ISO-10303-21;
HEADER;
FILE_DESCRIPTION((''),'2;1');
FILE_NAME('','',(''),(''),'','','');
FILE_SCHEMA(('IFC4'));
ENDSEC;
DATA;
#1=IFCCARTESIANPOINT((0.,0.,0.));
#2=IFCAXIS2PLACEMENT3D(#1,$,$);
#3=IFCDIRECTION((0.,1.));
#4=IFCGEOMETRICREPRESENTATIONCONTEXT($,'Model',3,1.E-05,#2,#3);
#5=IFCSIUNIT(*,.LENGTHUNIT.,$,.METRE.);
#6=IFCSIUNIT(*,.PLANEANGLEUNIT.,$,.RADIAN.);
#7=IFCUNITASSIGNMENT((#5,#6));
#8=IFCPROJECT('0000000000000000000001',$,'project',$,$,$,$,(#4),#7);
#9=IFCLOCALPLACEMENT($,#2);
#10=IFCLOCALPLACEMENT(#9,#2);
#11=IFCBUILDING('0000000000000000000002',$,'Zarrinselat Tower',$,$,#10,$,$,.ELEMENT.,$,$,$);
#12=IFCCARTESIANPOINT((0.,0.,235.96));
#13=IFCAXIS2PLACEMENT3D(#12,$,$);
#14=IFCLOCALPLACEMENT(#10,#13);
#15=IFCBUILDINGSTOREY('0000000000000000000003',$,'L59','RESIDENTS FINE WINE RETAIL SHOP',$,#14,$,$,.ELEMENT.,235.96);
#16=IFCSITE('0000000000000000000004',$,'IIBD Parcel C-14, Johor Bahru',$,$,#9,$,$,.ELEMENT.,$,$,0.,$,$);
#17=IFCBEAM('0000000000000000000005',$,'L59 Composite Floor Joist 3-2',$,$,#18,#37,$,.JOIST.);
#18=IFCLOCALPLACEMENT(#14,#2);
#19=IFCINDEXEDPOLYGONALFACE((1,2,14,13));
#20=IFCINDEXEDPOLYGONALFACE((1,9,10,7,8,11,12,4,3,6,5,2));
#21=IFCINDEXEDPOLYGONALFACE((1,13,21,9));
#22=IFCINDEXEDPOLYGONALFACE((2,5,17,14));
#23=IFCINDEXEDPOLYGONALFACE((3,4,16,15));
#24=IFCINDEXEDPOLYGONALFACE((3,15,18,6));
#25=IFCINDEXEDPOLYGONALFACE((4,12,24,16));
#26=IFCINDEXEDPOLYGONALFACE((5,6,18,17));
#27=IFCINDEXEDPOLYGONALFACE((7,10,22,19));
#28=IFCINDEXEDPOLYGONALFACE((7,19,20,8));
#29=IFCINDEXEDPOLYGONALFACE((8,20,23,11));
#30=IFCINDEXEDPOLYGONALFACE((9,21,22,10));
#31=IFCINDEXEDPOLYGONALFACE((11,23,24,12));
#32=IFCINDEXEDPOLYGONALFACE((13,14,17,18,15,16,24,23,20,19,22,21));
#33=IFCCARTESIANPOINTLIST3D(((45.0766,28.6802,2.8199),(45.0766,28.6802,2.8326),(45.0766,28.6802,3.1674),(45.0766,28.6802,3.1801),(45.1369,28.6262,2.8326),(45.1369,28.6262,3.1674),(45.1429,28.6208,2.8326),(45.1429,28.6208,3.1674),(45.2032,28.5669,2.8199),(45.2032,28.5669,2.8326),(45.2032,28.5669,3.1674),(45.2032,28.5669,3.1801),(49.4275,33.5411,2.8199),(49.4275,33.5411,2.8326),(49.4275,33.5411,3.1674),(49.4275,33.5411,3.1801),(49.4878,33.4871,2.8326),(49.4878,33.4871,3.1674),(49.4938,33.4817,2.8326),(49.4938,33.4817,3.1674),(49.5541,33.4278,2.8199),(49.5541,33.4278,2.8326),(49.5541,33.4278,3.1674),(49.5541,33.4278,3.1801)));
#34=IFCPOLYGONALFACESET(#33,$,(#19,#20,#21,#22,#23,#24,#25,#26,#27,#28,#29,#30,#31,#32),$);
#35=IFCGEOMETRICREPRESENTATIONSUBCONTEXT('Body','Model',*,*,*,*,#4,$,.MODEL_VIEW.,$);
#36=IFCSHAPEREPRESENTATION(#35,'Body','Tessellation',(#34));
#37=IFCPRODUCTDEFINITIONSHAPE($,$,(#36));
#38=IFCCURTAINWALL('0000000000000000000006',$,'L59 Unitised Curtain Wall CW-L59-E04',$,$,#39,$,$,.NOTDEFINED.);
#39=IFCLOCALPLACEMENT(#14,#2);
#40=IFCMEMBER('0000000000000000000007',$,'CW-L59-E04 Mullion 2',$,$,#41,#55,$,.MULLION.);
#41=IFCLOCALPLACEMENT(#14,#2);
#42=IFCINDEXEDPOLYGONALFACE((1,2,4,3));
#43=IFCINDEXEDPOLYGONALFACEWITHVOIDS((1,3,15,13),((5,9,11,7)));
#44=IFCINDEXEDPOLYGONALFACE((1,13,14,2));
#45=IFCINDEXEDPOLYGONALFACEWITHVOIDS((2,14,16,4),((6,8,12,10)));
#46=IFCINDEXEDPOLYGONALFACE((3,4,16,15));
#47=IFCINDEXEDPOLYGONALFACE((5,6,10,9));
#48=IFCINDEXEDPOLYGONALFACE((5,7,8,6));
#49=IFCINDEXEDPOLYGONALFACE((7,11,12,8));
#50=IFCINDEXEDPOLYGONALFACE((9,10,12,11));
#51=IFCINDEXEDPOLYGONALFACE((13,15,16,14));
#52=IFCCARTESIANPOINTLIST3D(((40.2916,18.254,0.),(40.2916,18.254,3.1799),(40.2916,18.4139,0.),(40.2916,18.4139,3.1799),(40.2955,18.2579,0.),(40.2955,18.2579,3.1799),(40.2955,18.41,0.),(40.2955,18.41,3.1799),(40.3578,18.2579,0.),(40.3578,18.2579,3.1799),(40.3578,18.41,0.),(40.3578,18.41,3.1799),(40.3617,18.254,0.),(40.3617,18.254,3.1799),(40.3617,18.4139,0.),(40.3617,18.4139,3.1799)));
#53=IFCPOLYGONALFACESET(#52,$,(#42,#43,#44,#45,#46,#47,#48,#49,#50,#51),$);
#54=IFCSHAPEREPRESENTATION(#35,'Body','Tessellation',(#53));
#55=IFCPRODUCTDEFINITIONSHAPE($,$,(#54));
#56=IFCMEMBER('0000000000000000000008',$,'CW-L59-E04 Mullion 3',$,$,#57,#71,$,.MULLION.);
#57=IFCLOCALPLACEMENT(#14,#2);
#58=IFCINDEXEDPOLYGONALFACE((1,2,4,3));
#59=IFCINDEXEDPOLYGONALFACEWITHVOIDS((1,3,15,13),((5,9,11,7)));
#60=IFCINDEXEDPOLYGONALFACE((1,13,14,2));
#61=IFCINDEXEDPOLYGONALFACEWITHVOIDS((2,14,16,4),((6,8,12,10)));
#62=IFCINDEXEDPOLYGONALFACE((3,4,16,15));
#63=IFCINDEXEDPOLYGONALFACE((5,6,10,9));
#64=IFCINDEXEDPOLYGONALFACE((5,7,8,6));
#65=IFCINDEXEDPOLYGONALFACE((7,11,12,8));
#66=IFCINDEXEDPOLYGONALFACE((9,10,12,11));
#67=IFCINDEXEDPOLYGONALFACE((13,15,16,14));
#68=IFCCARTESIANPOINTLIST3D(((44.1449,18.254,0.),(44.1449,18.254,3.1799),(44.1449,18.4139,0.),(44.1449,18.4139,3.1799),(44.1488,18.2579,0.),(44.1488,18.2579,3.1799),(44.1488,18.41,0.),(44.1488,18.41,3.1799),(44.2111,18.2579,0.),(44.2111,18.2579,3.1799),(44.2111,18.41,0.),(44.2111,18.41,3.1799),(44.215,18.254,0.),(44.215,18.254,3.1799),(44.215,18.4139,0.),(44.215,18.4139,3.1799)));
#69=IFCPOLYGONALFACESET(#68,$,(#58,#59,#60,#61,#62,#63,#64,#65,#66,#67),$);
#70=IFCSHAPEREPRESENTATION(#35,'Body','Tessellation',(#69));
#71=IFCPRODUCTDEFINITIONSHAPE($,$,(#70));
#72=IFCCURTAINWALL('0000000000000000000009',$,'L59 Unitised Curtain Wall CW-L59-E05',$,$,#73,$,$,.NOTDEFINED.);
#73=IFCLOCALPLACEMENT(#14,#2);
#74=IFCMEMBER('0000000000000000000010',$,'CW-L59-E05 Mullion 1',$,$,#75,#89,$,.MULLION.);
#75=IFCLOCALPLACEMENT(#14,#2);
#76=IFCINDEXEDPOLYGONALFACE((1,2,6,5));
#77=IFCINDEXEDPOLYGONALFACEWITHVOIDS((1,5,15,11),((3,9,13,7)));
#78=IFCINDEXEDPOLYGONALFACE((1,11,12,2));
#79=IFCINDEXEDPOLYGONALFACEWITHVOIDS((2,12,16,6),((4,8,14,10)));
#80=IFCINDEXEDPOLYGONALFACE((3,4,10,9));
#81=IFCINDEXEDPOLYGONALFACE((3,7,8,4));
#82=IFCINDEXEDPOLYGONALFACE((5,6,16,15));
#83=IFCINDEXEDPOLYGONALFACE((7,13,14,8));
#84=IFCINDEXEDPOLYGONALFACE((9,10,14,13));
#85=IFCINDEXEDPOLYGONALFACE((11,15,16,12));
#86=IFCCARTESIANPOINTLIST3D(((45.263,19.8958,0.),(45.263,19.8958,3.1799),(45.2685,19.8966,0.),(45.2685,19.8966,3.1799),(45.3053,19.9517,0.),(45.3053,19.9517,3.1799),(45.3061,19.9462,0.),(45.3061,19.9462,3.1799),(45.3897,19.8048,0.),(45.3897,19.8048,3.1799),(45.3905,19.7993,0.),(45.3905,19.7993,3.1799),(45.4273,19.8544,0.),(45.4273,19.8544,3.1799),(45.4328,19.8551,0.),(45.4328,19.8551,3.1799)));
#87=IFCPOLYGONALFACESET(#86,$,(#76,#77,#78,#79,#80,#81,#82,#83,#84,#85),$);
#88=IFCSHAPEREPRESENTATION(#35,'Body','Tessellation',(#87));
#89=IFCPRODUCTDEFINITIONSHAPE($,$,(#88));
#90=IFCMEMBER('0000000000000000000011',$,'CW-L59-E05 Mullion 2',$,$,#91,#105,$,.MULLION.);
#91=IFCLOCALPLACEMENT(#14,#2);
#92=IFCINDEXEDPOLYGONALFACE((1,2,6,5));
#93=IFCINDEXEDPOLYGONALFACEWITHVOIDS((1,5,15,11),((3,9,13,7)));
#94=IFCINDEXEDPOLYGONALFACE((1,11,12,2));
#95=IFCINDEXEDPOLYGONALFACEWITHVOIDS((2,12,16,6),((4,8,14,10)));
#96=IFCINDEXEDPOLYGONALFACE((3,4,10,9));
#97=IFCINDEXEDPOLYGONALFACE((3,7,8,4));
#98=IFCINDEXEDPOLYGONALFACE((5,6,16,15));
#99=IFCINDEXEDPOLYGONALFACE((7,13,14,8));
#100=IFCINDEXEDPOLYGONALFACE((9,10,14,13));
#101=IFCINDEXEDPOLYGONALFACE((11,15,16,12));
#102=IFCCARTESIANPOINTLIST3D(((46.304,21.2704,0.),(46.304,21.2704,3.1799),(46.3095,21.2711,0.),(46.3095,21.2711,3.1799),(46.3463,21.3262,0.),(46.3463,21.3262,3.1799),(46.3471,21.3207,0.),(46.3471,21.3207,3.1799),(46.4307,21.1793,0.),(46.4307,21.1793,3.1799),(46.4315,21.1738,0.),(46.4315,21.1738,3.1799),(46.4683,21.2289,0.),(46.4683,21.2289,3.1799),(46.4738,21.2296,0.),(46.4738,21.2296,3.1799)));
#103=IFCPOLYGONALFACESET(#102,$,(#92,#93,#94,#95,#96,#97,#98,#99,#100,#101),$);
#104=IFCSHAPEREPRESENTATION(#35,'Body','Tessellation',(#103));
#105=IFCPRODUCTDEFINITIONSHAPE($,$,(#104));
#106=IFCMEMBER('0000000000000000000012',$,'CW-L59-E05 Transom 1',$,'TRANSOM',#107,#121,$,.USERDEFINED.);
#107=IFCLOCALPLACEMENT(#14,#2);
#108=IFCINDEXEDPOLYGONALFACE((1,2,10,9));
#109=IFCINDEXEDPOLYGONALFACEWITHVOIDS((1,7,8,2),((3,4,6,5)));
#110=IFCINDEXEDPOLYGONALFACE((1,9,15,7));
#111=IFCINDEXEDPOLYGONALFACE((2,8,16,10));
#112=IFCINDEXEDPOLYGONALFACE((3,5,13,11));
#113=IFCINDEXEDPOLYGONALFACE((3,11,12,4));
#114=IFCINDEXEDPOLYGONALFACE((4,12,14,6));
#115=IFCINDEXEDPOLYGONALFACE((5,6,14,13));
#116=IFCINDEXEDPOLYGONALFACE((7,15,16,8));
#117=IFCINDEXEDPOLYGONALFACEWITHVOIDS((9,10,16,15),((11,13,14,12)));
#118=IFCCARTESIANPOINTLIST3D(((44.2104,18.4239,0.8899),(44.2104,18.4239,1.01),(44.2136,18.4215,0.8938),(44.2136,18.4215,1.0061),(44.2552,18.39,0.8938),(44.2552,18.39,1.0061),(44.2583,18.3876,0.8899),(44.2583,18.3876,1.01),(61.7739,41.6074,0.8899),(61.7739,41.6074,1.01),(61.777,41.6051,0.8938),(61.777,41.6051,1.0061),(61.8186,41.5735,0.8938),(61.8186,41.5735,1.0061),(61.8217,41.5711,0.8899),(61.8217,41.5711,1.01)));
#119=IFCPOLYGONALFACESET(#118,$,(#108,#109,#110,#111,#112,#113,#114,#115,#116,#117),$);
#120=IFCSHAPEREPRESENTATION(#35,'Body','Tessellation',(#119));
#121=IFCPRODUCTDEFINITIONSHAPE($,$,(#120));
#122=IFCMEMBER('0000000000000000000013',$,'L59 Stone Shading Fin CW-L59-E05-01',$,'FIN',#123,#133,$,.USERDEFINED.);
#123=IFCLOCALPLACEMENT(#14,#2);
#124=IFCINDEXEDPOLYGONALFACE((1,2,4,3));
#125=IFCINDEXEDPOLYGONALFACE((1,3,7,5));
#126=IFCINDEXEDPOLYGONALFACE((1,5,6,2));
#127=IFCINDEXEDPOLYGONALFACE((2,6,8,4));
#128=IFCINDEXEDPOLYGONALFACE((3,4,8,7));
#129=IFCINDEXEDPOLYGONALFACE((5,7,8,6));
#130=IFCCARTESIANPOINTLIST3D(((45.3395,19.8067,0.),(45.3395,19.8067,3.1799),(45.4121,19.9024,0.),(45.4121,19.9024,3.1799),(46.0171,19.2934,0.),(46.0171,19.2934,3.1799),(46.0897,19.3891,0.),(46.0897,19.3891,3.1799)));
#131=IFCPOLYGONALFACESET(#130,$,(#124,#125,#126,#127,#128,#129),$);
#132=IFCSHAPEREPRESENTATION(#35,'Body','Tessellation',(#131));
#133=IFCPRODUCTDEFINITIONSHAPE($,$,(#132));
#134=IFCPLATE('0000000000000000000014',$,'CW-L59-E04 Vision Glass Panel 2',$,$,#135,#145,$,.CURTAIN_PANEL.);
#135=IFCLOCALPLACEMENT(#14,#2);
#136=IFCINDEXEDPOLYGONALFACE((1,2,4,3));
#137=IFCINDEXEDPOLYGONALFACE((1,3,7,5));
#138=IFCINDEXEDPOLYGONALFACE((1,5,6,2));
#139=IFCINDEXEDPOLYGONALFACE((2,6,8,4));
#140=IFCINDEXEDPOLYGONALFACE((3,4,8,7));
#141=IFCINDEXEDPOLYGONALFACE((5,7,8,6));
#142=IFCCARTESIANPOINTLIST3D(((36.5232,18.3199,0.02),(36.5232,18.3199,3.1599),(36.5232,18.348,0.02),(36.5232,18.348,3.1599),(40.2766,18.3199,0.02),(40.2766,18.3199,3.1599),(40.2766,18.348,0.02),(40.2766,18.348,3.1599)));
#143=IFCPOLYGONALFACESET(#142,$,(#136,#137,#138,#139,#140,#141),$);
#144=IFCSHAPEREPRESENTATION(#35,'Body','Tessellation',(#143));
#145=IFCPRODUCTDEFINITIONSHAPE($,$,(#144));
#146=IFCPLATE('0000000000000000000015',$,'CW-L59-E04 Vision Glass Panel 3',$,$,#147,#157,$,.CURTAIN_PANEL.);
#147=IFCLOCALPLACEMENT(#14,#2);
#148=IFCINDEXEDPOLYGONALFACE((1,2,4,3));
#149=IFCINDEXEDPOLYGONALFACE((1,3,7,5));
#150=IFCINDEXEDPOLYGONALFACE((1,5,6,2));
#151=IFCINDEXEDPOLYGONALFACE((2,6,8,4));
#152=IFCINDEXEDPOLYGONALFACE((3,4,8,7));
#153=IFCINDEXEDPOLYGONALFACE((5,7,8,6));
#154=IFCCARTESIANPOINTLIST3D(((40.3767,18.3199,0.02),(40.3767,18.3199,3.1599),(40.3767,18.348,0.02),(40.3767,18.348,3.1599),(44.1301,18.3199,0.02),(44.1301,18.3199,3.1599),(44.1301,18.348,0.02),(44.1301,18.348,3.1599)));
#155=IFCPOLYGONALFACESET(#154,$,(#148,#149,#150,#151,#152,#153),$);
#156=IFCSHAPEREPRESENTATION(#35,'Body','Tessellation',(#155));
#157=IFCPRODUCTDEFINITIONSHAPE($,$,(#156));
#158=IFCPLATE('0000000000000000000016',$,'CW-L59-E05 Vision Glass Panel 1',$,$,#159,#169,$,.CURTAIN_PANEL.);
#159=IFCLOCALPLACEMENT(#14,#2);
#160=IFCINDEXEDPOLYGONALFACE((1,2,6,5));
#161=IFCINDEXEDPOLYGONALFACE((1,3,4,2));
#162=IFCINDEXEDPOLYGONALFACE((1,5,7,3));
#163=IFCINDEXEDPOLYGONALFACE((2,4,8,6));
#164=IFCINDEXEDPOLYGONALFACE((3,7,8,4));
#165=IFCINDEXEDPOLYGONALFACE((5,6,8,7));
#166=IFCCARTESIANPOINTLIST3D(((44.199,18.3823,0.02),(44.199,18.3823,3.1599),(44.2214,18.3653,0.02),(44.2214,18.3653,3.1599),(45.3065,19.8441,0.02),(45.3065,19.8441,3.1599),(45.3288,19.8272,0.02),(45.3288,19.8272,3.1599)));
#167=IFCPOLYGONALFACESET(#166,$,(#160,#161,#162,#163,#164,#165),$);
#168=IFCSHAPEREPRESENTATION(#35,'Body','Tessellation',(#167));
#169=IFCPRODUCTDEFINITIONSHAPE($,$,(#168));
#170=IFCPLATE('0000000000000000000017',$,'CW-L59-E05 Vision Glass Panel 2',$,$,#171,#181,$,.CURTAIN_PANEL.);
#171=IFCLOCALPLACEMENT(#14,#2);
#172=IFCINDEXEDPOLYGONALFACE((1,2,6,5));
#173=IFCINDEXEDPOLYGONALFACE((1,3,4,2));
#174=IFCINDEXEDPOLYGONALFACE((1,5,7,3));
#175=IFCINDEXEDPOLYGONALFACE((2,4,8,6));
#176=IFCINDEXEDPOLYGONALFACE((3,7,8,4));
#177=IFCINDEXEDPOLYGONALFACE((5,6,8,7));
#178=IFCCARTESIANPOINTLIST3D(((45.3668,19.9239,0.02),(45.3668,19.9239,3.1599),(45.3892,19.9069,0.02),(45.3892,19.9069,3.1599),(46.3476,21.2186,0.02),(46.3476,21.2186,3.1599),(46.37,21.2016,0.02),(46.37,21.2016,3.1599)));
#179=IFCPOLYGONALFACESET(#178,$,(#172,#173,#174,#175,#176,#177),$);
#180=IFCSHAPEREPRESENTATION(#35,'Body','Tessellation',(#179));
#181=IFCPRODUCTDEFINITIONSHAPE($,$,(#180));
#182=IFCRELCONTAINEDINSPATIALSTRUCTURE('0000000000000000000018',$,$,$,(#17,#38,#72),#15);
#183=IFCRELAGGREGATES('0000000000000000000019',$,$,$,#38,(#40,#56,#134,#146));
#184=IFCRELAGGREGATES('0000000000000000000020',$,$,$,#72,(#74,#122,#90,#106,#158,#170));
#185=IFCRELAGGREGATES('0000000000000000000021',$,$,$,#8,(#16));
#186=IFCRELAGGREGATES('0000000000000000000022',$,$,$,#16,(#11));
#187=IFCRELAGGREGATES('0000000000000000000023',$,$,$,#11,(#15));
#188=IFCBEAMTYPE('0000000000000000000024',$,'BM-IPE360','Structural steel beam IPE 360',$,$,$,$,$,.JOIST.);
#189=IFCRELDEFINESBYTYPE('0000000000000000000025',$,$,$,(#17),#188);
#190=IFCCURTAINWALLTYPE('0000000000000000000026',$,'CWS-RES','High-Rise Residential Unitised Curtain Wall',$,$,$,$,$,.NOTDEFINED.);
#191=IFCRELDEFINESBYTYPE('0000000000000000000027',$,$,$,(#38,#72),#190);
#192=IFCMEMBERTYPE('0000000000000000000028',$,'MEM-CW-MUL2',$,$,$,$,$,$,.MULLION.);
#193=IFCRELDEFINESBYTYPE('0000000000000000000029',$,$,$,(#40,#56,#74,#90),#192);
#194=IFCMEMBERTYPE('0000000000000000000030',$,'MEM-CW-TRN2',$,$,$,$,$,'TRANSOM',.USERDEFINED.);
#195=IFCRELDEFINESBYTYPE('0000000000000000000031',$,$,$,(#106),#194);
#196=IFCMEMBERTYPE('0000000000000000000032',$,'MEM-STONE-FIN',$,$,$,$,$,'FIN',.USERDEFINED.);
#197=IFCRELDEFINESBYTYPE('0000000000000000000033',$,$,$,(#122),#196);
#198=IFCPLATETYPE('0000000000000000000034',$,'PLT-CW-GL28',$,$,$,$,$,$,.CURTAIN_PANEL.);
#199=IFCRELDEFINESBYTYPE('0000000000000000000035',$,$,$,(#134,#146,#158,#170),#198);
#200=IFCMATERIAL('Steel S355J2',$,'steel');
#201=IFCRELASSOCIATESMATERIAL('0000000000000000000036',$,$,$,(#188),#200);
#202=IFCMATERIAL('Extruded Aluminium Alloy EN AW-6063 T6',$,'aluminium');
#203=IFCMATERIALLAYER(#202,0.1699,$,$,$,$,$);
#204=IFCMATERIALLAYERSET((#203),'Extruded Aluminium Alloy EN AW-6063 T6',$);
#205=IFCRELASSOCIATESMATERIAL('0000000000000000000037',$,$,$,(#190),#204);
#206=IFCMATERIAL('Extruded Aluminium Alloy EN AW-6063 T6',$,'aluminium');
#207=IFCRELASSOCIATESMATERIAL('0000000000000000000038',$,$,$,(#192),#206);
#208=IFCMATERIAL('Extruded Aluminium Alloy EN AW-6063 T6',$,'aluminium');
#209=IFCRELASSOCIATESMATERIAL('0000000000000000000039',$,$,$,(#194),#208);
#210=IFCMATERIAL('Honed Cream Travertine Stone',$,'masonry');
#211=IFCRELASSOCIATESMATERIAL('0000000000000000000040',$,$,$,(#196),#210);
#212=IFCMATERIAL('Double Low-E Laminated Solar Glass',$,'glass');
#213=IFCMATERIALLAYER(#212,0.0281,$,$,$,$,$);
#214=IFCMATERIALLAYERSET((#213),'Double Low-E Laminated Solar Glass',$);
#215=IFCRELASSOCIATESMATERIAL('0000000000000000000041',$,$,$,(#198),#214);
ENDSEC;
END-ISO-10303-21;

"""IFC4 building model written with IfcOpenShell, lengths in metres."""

from ifc_helpers import new_model, si_unit, direction, frame, origin, origin_2d, place, context, subcontext, project, spatial, rectangle, hollow_rectangle, i_section, extrude, material, layer, layer_set, material_profile, profile_set, type_object, element, aggregate, save


model = new_model("IFC4")

# Units and contexts
model_context = context("Model", 3, precision=1e-05, world=origin(), true_north=direction((0.0, 1.0)))
body_context = subcontext(model_context, "Body", "Model", "MODEL_VIEW")
ifc_project = project(units=[si_unit("LENGTHUNIT", "METRE"), si_unit("PLANEANGLEUNIT", "RADIAN")], contexts=[model_context])

# Site, building, storey
site_placement = place(None, origin())
site = spatial("IfcSite", under=ifc_project, at=site_placement, Name="IIBD Parcel C-14, Johor Bahru", CompositionType="ELEMENT", RefElevation=0.0)
building_placement = place(site_placement, origin())
building = spatial("IfcBuilding", under=site, at=building_placement, Name="Zarrinselat Tower", CompositionType="ELEMENT")
storey_placement = place(building_placement, frame((0.0, 0.0, 235.96)))
storey = spatial("IfcBuildingStorey", under=building, at=storey_placement, Name="L59", Description="RESIDENTS FINE WINE RETAIL SHOP", CompositionType="ELEMENT", Elevation=235.96)

# Beam
ifc_material_1 = material(Name="Steel S355J2", Category="steel")
ifc_material_profile_1 = material_profile(ifc_material_1, i_section(OverallWidth=0.1699, OverallDepth=0.3601, WebThickness=0.0081, FlangeThickness=0.0127, at=origin_2d()), Name="IPE 360")
ifc_profile_set_1 = profile_set([ifc_material_profile_1], Name="Steel S355J2")
beam_type_1 = type_object("IfcBeamType", Name="BM-IPE360", Description="Structural steel beam IPE 360", PredefinedType="JOIST", material=ifc_profile_set_1)
beam_1_placement = place(storey_placement, frame((45.1399, 28.6235, 3.0), z_axis=(0.666936, 0.745115, 0.0), x_axis=(-0.745115, 0.666936, 0.0)))
element("IfcBeam", 1, at=beam_1_placement, inside=storey, type_object=beam_type_1, Name="L59 Composite Floor Joist 3-2", PredefinedType="JOIST", context=body_context, shape_type="SweptSolid", body=[
    extrude(i_section(OverallWidth=0.1699, OverallDepth=0.3601, WebThickness=0.0081, FlangeThickness=0.0127, at=origin_2d()), origin(), (0.0, 0.0, 1.0), 6.5237),
])

# Curtain walls, members
ifc_material_2 = material(Name="Extruded Aluminium Alloy EN AW-6063 T6", Category="aluminium")
ifc_layer_1 = layer(ifc_material_2, 0.1699)
ifc_layer_set_1 = layer_set([ifc_layer_1], Name="Extruded Aluminium Alloy EN AW-6063 T6")
curtain_wall_type = type_object("IfcCurtainWallType", Name="CWS-RES", Description="High-Rise Residential Unitised Curtain Wall", PredefinedType="NOTDEFINED", material=ifc_layer_set_1)
curtain_wall_1_placement = place(storey_placement, origin())
curtain_wall_1 = element("IfcCurtainWall", 2, at=curtain_wall_1_placement, inside=storey, type_object=curtain_wall_type, Name="L59 Unitised Curtain Wall CW-L59-E04", PredefinedType="NOTDEFINED")
ifc_material_3 = material(Name="Extruded Aluminium Alloy EN AW-6063 T6", Category="aluminium")
ifc_material_profile_2 = material_profile(ifc_material_3, hollow_rectangle(XDim=0.0701, YDim=0.1599, WallThickness=0.0039, at=origin_2d()), Name="RHS 160x70x4")
ifc_profile_set_2 = profile_set([ifc_material_profile_2], Name="Extruded Aluminium Alloy EN AW-6063 T6")
member_type_1 = type_object("IfcMemberType", Name="MEM-CW-MUL2", PredefinedType="MULLION", material=ifc_profile_set_2)
member_1_placement = place(storey_placement, frame((40.3267, 18.334, 0.0), z_axis=(0.0, 0.0, 1.0), x_axis=(1.0, 0.0, 0.0)))
member_1 = element("IfcMember", 3, at=member_1_placement, type_object=member_type_1, Name="CW-L59-E04 Mullion 2", PredefinedType="MULLION", context=body_context, shape_type="SweptSolid", body=[
    extrude(hollow_rectangle(XDim=0.0701, YDim=0.1599, WallThickness=0.0039, at=origin_2d()), origin(), (0.0, 0.0, 1.0), 3.1799),
])
member_2_placement = place(storey_placement, frame((44.1799, 18.334, 0.0), z_axis=(0.0, 0.0, 1.0), x_axis=(1.0, 0.0, 0.0)))
member_2 = element("IfcMember", 4, at=member_2_placement, type_object=member_type_1, Name="CW-L59-E04 Mullion 3", PredefinedType="MULLION", context=body_context, shape_type="SweptSolid", body=[
    extrude(hollow_rectangle(XDim=0.0701, YDim=0.1599, WallThickness=0.0039, at=origin_2d()), origin(), (0.0, 0.0, 1.0), 3.1799),
])
curtain_wall_2_placement = place(storey_placement, origin())
curtain_wall_2 = element("IfcCurtainWall", 5, at=curtain_wall_2_placement, inside=storey, type_object=curtain_wall_type, Name="L59 Unitised Curtain Wall CW-L59-E05", PredefinedType="NOTDEFINED")
member_3_placement = place(storey_placement, frame((45.3479, 19.8755, 0.0), z_axis=(0.0, 0.0, 1.0), x_axis=(0.603859, 0.797091, 0.0)))
member_3 = element("IfcMember", 6, at=member_3_placement, type_object=member_type_1, Name="CW-L59-E05 Mullion 1", PredefinedType="MULLION", context=body_context, shape_type="SweptSolid", body=[
    extrude(hollow_rectangle(XDim=0.0701, YDim=0.1599, WallThickness=0.0039, at=origin_2d()), origin(), (0.0, 0.0, 1.0), 3.1799),
])
member_4_placement = place(storey_placement, frame((46.3889, 21.25, 0.0), z_axis=(0.0, 0.0, 1.0), x_axis=(0.603859, 0.797091, 0.0)))
member_4 = element("IfcMember", 7, at=member_4_placement, type_object=member_type_1, Name="CW-L59-E05 Mullion 2", PredefinedType="MULLION", context=body_context, shape_type="SweptSolid", body=[
    extrude(hollow_rectangle(XDim=0.0701, YDim=0.1599, WallThickness=0.0039, at=origin_2d()), origin(), (0.0, 0.0, 1.0), 3.1799),
])
ifc_material_4 = material(Name="Extruded Aluminium Alloy EN AW-6063 T6", Category="aluminium")
ifc_material_profile_3 = material_profile(ifc_material_4, hollow_rectangle(XDim=0.0601, YDim=0.1201, WallThickness=0.0039, at=origin_2d()), Name="RHS 120x60x4")
ifc_profile_set_3 = profile_set([ifc_material_profile_3], Name="Extruded Aluminium Alloy EN AW-6063 T6")
member_type_2 = type_object("IfcMemberType", Name="MEM-CW-TRN2", ElementType="TRANSOM", PredefinedType="USERDEFINED", material=ifc_profile_set_3)
member_5_placement = place(storey_placement, frame((44.2344, 18.4058, 0.95), z_axis=(0.603861, 0.79709, 0.0), x_axis=(-0.79709, 0.603861, 0.0)))
member_5 = element("IfcMember", 8, at=member_5_placement, type_object=member_type_2, Name="CW-L59-E05 Transom 1", ObjectType="TRANSOM", PredefinedType="USERDEFINED", context=body_context, shape_type="SweptSolid", body=[
    extrude(hollow_rectangle(XDim=0.0601, YDim=0.1201, WallThickness=0.0039, at=origin_2d()), origin(), (0.0, 0.0, 1.0), 29.0852),
])
ifc_material_5 = material(Name="Honed Cream Travertine Stone", Category="masonry")
ifc_material_profile_4 = material_profile(ifc_material_5, rectangle(XDim=0.1201, YDim=0.8501, at=origin_2d()), Name="FIN 850x120")
ifc_profile_set_4 = profile_set([ifc_material_profile_4], Name="Honed Cream Travertine Stone")
member_type_3 = type_object("IfcMemberType", Name="MEM-STONE-FIN", ElementType="FIN", PredefinedType="USERDEFINED", material=ifc_profile_set_4)
member_6_placement = place(storey_placement, frame((45.7146, 19.5979, 0.0), z_axis=(0.0, 0.0, 1.0), x_axis=(-0.603859, -0.797091, 0.0)))
member_6 = element("IfcMember", 9, at=member_6_placement, type_object=member_type_3, Name="L59 Stone Shading Fin CW-L59-E05-01", ObjectType="FIN", PredefinedType="USERDEFINED", context=body_context, shape_type="SweptSolid", body=[
    extrude(rectangle(XDim=0.1201, YDim=0.8501, at=origin_2d()), origin(), (0.0, 0.0, 1.0), 3.1799),
])

# Plates
ifc_material_6 = material(Name="Double Low-E Laminated Solar Glass", Category="glass")
ifc_layer_2 = layer(ifc_material_6, 0.0281)
ifc_layer_set_2 = layer_set([ifc_layer_2], Name="Double Low-E Laminated Solar Glass")
plate_type = type_object("IfcPlateType", Name="PLT-CW-GL28", PredefinedType="CURTAIN_PANEL", material=ifc_layer_set_2)
plate_1_placement = place(storey_placement, frame((38.3999, 18.334, 0.02), z_axis=(0.0, 0.0, 1.0), x_axis=(1.0, 0.0, 0.0)))
plate_1 = element("IfcPlate", 10, at=plate_1_placement, type_object=plate_type, Name="CW-L59-E04 Vision Glass Panel 2", PredefinedType="CURTAIN_PANEL", context=body_context, shape_type="SweptSolid", body=[
    extrude(rectangle(XDim=3.7534, YDim=0.0281, at=origin_2d()), origin(), (0.0, 0.0, 1.0), 3.1399),
])
plate_2_placement = place(storey_placement, frame((42.2534, 18.334, 0.02), z_axis=(0.0, 0.0, 1.0), x_axis=(1.0, 0.0, 0.0)))
plate_2 = element("IfcPlate", 11, at=plate_2_placement, type_object=plate_type, Name="CW-L59-E04 Vision Glass Panel 3", PredefinedType="CURTAIN_PANEL", context=body_context, shape_type="SweptSolid", body=[
    extrude(rectangle(XDim=3.7534, YDim=0.0281, at=origin_2d()), origin(), (0.0, 0.0, 1.0), 3.1399),
])
aggregate(curtain_wall_1, [member_1, member_2, plate_1, plate_2])
plate_3_placement = place(storey_placement, frame((44.7639, 19.1047, 0.02), z_axis=(0.0, 0.0, 1.0), x_axis=(0.603859, 0.797091, 0.0)))
plate_3 = element("IfcPlate", 12, at=plate_3_placement, type_object=plate_type, Name="CW-L59-E05 Vision Glass Panel 1", PredefinedType="CURTAIN_PANEL", context=body_context, shape_type="SweptSolid", body=[
    extrude(rectangle(XDim=1.834, YDim=0.0281, at=origin_2d()), origin(), (0.0, 0.0, 1.0), 3.1399),
])
plate_4_placement = place(storey_placement, frame((45.8684, 20.5627, 0.02), z_axis=(0.0, 0.0, 1.0), x_axis=(0.603859, 0.797091, 0.0)))
plate_4 = element("IfcPlate", 13, at=plate_4_placement, type_object=plate_type, Name="CW-L59-E05 Vision Glass Panel 2", PredefinedType="CURTAIN_PANEL", context=body_context, shape_type="SweptSolid", body=[
    extrude(rectangle(XDim=1.6243, YDim=0.0281, at=origin_2d()), origin(), (0.0, 0.0, 1.0), 3.1399),
])
aggregate(curtain_wall_2, [member_3, member_6, member_4, member_5, plate_3, plate_4])

save(model, "model.ifc")
